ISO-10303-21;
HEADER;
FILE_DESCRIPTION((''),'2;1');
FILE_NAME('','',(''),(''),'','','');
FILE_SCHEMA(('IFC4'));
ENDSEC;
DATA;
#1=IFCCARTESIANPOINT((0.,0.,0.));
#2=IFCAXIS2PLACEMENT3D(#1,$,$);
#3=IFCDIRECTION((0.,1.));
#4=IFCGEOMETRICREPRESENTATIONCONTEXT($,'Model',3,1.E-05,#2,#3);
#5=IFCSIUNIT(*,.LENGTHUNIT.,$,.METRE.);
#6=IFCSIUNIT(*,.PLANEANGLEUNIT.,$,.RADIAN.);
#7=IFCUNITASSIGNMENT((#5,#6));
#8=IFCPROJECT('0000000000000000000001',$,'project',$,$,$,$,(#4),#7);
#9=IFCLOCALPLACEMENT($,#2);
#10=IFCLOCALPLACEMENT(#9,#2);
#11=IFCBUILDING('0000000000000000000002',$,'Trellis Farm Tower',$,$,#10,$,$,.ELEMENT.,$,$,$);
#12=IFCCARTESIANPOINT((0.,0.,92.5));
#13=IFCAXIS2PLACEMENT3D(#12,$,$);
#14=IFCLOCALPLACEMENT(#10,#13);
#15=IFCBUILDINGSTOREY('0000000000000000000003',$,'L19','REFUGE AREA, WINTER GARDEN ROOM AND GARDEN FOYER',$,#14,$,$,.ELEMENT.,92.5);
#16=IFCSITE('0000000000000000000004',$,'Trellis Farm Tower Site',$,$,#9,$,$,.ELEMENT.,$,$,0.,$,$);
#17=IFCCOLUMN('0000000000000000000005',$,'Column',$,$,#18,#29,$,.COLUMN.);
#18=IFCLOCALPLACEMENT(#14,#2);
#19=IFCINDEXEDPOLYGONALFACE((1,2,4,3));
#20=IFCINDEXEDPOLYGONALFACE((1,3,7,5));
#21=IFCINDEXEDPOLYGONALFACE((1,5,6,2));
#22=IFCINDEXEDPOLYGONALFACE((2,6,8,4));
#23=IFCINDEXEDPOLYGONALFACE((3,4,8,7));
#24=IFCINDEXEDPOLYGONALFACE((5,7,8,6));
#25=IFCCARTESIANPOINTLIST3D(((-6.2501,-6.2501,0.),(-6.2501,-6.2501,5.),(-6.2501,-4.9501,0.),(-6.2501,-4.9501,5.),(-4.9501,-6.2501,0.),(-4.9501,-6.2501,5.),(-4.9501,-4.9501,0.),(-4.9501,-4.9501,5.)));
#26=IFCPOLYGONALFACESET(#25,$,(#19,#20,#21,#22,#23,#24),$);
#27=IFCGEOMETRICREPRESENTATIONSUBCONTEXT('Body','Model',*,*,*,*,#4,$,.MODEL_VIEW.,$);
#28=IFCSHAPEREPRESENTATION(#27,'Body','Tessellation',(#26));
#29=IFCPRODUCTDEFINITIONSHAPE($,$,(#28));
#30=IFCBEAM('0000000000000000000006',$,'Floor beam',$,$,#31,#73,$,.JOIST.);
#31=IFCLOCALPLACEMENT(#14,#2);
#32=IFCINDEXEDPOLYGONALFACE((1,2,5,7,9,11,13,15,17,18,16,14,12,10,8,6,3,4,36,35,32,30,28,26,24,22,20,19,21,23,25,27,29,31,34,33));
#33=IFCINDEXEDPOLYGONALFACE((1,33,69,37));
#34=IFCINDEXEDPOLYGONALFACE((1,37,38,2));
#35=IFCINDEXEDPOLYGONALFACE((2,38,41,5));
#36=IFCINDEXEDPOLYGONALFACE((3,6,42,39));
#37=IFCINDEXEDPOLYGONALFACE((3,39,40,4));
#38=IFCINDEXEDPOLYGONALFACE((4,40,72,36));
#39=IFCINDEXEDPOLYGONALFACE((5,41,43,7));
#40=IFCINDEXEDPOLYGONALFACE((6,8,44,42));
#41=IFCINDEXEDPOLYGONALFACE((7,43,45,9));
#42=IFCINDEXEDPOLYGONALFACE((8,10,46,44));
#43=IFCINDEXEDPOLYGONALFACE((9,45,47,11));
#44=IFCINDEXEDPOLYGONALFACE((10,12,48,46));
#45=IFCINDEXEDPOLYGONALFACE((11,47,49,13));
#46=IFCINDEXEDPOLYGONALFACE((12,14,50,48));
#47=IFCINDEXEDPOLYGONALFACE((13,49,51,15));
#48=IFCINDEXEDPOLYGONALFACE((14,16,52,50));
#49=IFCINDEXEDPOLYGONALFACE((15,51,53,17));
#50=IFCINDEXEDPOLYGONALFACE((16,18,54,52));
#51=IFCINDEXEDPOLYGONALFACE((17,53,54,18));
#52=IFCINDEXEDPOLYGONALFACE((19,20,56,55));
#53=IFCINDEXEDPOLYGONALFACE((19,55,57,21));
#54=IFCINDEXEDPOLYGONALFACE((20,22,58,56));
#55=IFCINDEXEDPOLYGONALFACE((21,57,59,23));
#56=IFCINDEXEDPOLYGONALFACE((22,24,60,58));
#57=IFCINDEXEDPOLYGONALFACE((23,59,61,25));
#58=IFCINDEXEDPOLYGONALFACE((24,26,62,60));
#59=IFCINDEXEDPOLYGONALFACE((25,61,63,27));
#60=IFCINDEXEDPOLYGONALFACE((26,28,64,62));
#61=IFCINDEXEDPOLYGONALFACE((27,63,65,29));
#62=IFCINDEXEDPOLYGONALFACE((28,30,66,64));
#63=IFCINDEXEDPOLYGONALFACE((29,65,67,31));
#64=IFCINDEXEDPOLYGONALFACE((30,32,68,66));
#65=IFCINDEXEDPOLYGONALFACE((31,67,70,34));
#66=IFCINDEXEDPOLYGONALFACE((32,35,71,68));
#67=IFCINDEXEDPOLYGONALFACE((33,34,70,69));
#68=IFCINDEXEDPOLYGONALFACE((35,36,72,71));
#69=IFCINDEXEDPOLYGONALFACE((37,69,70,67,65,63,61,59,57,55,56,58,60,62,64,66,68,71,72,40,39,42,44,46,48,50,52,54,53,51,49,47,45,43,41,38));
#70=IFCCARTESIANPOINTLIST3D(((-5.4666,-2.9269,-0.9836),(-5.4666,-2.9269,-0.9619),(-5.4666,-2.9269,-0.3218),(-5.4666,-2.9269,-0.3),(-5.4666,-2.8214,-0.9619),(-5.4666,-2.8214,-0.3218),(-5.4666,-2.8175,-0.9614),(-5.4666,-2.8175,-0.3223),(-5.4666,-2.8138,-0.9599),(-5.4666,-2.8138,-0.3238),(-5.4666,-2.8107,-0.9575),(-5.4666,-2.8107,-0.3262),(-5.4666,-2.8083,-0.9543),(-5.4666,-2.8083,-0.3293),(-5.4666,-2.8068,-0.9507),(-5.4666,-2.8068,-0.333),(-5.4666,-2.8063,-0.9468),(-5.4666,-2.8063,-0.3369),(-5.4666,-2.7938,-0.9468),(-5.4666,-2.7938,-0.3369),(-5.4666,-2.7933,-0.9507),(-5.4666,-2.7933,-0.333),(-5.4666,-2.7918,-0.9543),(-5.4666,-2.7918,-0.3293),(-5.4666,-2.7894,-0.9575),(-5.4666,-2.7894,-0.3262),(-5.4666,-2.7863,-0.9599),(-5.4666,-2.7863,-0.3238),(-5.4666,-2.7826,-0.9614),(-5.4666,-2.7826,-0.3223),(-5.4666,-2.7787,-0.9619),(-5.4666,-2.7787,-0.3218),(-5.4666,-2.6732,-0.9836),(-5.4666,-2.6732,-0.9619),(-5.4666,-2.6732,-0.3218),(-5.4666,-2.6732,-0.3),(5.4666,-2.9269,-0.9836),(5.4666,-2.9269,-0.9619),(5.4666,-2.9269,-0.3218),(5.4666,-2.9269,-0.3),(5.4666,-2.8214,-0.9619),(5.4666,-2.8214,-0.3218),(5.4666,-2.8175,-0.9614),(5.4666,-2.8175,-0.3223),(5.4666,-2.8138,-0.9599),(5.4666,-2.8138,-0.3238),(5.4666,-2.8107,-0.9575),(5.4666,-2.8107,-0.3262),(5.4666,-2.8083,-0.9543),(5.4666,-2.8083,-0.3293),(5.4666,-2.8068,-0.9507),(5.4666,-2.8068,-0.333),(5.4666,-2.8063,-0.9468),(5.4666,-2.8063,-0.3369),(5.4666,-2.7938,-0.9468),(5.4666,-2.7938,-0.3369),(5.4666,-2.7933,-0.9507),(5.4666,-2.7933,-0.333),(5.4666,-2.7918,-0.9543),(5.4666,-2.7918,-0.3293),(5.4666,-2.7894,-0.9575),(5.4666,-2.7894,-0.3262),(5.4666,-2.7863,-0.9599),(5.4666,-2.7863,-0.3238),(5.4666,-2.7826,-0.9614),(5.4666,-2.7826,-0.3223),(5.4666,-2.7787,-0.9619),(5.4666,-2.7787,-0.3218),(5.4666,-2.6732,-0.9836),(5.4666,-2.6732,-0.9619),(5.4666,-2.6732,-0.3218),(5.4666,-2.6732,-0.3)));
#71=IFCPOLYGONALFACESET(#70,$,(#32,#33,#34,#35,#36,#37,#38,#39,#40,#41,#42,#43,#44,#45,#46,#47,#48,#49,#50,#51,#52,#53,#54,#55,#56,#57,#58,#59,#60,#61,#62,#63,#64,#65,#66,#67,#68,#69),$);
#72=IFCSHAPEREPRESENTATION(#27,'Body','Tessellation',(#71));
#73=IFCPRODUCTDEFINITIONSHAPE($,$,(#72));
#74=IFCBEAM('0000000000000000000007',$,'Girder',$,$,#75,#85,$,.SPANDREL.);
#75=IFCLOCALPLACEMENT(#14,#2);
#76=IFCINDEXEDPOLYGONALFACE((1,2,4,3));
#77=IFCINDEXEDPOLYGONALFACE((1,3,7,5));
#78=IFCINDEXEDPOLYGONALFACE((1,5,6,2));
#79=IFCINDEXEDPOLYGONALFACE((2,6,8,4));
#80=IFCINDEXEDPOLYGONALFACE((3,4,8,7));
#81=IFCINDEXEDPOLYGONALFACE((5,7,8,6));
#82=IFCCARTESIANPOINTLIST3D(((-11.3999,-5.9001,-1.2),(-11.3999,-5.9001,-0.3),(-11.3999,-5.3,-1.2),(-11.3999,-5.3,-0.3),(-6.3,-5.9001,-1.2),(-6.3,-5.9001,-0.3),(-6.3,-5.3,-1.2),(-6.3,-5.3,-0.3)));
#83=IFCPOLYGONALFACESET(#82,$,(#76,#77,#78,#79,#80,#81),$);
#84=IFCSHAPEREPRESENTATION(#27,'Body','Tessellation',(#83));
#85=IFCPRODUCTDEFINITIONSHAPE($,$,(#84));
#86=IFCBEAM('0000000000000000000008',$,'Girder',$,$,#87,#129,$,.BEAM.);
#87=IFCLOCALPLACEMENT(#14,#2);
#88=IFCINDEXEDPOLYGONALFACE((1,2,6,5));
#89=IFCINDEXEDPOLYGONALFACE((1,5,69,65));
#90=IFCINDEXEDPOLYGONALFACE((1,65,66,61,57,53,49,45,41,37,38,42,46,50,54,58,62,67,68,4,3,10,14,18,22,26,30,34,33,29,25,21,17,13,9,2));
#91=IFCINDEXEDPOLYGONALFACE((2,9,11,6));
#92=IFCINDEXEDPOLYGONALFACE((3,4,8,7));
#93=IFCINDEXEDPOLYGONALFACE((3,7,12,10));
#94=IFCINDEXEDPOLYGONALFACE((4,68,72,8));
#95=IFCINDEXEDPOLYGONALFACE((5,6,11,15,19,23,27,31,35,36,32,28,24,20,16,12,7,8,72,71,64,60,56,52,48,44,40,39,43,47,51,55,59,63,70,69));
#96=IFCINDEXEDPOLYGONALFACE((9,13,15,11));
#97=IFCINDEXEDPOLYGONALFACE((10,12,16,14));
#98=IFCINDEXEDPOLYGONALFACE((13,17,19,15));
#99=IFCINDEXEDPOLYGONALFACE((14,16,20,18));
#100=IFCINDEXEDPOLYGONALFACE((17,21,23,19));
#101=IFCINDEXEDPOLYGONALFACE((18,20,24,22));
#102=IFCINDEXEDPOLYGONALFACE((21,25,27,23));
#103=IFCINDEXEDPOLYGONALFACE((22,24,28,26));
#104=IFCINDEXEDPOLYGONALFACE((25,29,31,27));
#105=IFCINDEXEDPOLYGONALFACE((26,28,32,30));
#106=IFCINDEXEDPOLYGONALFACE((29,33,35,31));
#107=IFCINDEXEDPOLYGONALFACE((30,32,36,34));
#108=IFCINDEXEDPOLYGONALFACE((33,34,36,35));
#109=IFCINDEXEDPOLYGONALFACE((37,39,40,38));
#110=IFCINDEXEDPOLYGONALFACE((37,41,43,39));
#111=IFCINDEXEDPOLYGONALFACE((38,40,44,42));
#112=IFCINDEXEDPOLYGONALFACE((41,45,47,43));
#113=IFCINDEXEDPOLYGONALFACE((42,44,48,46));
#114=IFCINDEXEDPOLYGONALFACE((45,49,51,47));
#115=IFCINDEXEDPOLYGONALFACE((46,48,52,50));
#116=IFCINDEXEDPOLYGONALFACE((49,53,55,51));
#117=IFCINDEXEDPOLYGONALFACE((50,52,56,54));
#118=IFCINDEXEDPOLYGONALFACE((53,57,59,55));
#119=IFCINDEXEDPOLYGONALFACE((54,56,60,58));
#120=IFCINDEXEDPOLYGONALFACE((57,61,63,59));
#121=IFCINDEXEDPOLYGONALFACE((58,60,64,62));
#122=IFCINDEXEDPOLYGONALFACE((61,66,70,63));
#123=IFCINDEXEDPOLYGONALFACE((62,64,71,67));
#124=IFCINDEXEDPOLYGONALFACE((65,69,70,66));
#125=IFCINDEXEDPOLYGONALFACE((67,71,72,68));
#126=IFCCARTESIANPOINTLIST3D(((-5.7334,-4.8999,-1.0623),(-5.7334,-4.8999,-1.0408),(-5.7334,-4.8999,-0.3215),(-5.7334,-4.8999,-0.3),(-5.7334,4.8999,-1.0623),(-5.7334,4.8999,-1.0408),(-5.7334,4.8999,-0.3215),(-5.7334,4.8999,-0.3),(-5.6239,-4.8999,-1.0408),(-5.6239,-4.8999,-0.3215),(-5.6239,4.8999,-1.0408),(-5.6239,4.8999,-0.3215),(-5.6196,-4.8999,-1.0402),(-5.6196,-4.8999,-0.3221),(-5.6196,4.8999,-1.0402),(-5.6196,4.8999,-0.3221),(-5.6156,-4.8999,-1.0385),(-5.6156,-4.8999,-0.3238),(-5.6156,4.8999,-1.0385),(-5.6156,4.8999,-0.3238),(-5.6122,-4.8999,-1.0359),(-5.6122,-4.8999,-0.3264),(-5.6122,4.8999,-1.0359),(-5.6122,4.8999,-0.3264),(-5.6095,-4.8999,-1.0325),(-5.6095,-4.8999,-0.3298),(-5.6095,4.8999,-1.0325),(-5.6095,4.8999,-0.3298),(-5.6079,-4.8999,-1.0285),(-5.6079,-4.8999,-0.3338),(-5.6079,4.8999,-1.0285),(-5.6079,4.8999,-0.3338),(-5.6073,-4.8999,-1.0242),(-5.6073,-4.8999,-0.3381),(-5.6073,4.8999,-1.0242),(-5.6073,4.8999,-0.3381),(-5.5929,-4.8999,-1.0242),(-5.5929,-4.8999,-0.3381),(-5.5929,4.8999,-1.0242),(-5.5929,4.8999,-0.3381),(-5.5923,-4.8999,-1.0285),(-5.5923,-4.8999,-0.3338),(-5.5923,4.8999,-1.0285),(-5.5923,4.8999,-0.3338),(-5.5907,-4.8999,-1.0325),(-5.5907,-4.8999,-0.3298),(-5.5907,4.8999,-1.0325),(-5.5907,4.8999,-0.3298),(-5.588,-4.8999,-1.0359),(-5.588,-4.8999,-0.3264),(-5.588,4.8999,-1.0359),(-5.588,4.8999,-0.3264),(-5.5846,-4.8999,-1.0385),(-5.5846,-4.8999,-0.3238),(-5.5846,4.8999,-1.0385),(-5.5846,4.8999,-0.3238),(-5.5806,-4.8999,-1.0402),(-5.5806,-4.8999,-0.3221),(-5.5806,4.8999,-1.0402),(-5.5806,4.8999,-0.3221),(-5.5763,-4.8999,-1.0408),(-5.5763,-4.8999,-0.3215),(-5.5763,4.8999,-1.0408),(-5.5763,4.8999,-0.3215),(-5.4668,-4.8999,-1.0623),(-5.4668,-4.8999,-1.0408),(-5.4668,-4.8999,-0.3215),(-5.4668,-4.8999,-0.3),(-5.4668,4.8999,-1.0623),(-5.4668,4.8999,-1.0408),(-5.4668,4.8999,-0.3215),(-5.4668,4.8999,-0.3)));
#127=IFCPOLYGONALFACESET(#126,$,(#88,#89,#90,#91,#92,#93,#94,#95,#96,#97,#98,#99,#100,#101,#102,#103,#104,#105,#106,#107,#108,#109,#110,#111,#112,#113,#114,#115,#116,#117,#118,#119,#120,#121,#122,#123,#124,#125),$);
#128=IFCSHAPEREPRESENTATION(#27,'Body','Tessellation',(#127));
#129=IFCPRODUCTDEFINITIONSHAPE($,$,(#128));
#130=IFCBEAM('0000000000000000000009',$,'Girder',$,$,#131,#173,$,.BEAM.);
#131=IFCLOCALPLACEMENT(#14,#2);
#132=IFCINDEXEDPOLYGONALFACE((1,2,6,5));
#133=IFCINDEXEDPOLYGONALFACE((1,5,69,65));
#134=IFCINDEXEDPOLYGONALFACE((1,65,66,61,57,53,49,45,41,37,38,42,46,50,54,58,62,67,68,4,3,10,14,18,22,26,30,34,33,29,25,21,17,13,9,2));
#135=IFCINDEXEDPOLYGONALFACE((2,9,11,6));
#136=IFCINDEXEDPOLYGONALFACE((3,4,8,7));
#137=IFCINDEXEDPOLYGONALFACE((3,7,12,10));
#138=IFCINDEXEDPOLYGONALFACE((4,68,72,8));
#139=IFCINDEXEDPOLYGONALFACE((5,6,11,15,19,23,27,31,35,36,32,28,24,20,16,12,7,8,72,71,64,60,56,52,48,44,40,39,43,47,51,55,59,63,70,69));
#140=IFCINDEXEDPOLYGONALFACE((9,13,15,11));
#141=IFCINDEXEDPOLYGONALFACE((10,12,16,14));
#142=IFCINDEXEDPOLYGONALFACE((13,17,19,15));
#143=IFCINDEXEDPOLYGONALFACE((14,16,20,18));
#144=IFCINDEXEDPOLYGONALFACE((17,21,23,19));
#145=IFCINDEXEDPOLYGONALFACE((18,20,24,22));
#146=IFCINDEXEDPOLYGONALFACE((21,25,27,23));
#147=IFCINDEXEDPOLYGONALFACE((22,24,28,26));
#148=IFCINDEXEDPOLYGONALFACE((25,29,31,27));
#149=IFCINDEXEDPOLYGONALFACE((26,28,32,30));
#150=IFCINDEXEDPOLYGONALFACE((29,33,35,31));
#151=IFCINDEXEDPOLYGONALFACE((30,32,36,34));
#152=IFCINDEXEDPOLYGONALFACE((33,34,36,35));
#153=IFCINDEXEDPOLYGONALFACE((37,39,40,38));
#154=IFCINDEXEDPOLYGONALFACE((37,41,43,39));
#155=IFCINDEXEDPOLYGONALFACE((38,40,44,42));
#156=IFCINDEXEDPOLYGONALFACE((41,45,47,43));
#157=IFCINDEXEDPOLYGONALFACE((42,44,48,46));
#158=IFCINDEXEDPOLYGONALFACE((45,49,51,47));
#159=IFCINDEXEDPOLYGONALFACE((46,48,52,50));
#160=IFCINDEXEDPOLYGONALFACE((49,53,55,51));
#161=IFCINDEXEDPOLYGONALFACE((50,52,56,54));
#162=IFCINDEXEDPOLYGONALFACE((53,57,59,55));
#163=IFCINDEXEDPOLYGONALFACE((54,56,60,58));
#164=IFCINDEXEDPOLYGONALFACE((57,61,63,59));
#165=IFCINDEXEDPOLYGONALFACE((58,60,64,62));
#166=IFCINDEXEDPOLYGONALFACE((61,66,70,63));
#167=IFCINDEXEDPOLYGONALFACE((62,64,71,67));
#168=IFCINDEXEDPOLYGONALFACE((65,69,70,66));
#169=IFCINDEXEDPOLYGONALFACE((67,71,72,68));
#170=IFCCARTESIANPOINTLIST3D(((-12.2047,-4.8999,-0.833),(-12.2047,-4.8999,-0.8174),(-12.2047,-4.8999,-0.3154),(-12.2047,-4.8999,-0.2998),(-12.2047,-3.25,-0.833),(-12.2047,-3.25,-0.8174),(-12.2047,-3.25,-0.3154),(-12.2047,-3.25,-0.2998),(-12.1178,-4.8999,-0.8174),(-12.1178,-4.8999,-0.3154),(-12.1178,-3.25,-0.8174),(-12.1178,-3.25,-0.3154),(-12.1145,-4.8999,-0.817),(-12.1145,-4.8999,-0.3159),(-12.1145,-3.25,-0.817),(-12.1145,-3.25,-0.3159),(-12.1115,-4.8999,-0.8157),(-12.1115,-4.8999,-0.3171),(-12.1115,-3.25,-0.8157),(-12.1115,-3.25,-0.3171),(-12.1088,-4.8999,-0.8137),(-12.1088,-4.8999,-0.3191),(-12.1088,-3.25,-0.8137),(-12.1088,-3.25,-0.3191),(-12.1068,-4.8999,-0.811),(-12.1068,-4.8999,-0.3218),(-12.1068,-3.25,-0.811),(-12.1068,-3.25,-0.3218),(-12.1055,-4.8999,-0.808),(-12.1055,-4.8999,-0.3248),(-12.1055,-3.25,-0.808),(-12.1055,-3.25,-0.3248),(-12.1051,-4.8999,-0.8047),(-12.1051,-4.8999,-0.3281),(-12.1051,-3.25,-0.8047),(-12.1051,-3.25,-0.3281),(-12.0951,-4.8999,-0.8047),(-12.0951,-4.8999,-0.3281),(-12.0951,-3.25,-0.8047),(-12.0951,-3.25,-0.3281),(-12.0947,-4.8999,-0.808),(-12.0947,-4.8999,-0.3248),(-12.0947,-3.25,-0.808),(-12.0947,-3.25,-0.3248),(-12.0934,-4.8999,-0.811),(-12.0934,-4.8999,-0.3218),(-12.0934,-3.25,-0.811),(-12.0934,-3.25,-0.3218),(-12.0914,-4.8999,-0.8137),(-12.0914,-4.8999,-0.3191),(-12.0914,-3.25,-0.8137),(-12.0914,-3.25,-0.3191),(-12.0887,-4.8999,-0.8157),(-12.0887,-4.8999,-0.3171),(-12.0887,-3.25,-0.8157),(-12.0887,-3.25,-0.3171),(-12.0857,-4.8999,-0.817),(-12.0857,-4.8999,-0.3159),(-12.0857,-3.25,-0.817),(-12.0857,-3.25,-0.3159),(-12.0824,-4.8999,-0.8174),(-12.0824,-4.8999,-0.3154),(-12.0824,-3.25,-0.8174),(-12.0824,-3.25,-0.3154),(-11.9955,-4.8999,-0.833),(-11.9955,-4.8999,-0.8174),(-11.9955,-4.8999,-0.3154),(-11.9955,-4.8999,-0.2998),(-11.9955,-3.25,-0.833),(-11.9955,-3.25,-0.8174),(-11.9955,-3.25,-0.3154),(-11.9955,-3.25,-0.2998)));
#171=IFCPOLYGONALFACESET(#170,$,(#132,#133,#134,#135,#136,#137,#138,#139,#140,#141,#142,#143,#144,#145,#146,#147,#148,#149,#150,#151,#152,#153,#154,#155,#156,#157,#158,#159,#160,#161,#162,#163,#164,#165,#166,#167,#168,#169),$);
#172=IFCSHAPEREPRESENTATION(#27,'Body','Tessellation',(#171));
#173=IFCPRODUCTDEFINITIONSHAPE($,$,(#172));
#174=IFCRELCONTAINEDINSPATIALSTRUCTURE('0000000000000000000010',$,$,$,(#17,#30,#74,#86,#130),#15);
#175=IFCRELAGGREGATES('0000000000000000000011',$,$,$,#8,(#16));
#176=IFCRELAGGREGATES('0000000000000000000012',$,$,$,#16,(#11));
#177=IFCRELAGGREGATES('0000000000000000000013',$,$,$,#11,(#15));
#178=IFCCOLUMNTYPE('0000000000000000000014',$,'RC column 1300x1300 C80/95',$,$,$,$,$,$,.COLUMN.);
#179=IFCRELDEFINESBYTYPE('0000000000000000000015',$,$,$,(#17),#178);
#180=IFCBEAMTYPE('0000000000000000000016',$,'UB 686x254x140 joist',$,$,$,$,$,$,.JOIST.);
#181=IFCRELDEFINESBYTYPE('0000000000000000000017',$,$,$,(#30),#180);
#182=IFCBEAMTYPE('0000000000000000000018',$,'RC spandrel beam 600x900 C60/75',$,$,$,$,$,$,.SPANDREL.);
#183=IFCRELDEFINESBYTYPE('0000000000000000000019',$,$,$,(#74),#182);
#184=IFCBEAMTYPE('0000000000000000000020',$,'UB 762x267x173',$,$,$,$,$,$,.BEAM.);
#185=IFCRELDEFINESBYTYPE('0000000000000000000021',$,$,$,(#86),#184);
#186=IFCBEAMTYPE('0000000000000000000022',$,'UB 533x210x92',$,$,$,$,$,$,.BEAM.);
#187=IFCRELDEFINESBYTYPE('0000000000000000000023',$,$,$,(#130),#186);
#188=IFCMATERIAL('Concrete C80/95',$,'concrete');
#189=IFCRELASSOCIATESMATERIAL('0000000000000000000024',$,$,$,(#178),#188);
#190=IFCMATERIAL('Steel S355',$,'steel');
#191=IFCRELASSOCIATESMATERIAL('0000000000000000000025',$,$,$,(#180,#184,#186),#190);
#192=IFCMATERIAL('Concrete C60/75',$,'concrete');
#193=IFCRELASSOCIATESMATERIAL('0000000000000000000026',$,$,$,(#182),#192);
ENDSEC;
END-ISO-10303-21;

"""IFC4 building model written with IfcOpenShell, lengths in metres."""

from ifc_helpers import new_model, si_unit, direction, frame, origin, origin_2d, place, context, subcontext, project, spatial, rectangle, i_section, extrude, source, transform, mapped, material, material_profile, profile_set, type_object, element, save


model = new_model("IFC4")

# Units and contexts
model_context = context("Model", 3, precision=1e-05, world=origin(), true_north=direction((0.0, 1.0)))
body_context = subcontext(model_context, "Body", "Model", "MODEL_VIEW")
ifc_project = project(units=[si_unit("LENGTHUNIT", "METRE"), si_unit("PLANEANGLEUNIT", "RADIAN")], contexts=[model_context])

# Site, building, storey
site_placement = place(None, origin())
site = spatial("IfcSite", under=ifc_project, at=site_placement, Name="Trellis Farm Tower Site", CompositionType="ELEMENT", RefElevation=0.0)
building_placement = place(site_placement, origin())
building = spatial("IfcBuilding", under=site, at=building_placement, Name="Trellis Farm Tower", CompositionType="ELEMENT")
storey_placement = place(building_placement, frame((0.0, 0.0, 92.5)))
storey = spatial("IfcBuildingStorey", under=building, at=storey_placement, Name="L19", Description="REFUGE AREA, WINTER GARDEN ROOM AND GARDEN FOYER", CompositionType="ELEMENT", Elevation=92.5)

# Column
ifc_material_1 = material(Name="Concrete C80/95", Category="concrete")
ifc_material_profile_1 = material_profile(ifc_material_1, rectangle(XDim=1.3, YDim=1.3, at=origin_2d()), Name="RC column 1300x1300 C80/95")
ifc_profile_set_1 = profile_set([ifc_material_profile_1], Name="Concrete C80/95")
column_type = type_object("IfcColumnType", Name="RC column 1300x1300 C80/95", PredefinedType="COLUMN", material=ifc_profile_set_1)
shared_shape_1 = source(origin(), body_context, "Body", "SweptSolid", [
    extrude(rectangle(XDim=1.3, YDim=1.3, at=origin_2d()), origin(), (0.0, 0.0, 1.0), 5.0),
])
column_placement = place(storey_placement, frame((-5.6001, -5.6001, 0.0), z_axis=(0.0, 0.0, 1.0), x_axis=(1.0, 0.0, 0.0)))
element("IfcColumn", 1, at=column_placement, inside=storey, type_object=column_type, Name="Column", PredefinedType="COLUMN", context=body_context, shape_type="MappedRepresentation", body=[
    mapped(shared_shape_1, transform((0.0, 0.0, 0.0))),
])

# Beams
ifc_material_2 = material(Name="Steel S355", Category="steel")
ifc_material_profile_2 = material_profile(ifc_material_2, i_section(OverallWidth=0.2537, OverallDepth=0.6836, WebThickness=0.0125, FlangeThickness=0.0217, FilletRadius=0.0151, at=origin_2d()), Name="UB 686x254x140")
ifc_profile_set_2 = profile_set([ifc_material_profile_2], Name="Steel S355")
beam_type_1 = type_object("IfcBeamType", Name="UB 686x254x140 joist", PredefinedType="JOIST", material=ifc_profile_set_2)
shared_shape_2 = source(origin(), body_context, "Body", "SweptSolid", [
    extrude(i_section(OverallWidth=0.2537, OverallDepth=0.6836, WebThickness=0.0125, FlangeThickness=0.0217, FilletRadius=0.0151, at=origin_2d()), origin(), (0.0, 0.0, 1.0), 10.9331),
])
beam_1_placement = place(storey_placement, frame((-5.4666, -2.8, -0.6418), z_axis=(1.0, 0.0, 0.0), x_axis=(0.0, 1.0, 0.0)))
element("IfcBeam", 2, at=beam_1_placement, inside=storey, type_object=beam_type_1, Name="Floor beam", PredefinedType="JOIST", context=body_context, shape_type="MappedRepresentation", body=[
    mapped(shared_shape_2, transform((0.0, 0.0, 0.0))),
])
ifc_material_3 = material(Name="Concrete C60/75", Category="concrete")
ifc_material_profile_3 = material_profile(ifc_material_3, rectangle(XDim=0.6001, YDim=0.8999, at=origin_2d()), Name="RC spandrel beam 600x900 C60/75")
ifc_profile_set_3 = profile_set([ifc_material_profile_3], Name="Concrete C60/75")
beam_type_2 = type_object("IfcBeamType", Name="RC spandrel beam 600x900 C60/75", PredefinedType="SPANDREL", material=ifc_profile_set_3)
shared_shape_3 = source(origin(), body_context, "Body", "SweptSolid", [
    extrude(rectangle(XDim=0.6001, YDim=0.8999, at=origin_2d()), origin(), (0.0, 0.0, 1.0), 5.0999),
])
beam_2_placement = place(storey_placement, frame((-11.3999, -5.6001, -0.75), z_axis=(1.0, 0.0, 0.0), x_axis=(0.0, 1.0, 0.0)))
element("IfcBeam", 3, at=beam_2_placement, inside=storey, type_object=beam_type_2, Name="Girder", PredefinedType="SPANDREL", context=body_context, shape_type="MappedRepresentation", body=[
    mapped(shared_shape_3, transform((0.0, 0.0, 0.0))),
])
ifc_material_profile_4 = material_profile(ifc_material_2, i_section(OverallWidth=0.2666, OverallDepth=0.7622, WebThickness=0.0144, FlangeThickness=0.0215, FilletRadius=0.0166, at=origin_2d()), Name="UB 762x267x173")
ifc_profile_set_4 = profile_set([ifc_material_profile_4], Name="Steel S355")
beam_type_3 = type_object("IfcBeamType", Name="UB 762x267x173", PredefinedType="BEAM", material=ifc_profile_set_4)
shared_shape_4 = source(origin(), body_context, "Body", "SweptSolid", [
    extrude(i_section(OverallWidth=0.2666, OverallDepth=0.7622, WebThickness=0.0144, FlangeThickness=0.0215, FilletRadius=0.0166, at=origin_2d()), origin(), (0.0, 0.0, 1.0), 9.7998),
])
beam_3_placement = place(storey_placement, frame((-5.6001, -4.8999, -0.6812), z_axis=(0.0, 1.0, 0.0), x_axis=(-1.0, 0.0, 0.0)))
element("IfcBeam", 4, at=beam_3_placement, inside=storey, type_object=beam_type_3, Name="Girder", PredefinedType="BEAM", context=body_context, shape_type="MappedRepresentation", body=[
    mapped(shared_shape_4, transform((0.0, 0.0, 0.0))),
])
ifc_material_profile_5 = material_profile(ifc_material_2, i_section(OverallWidth=0.2092, OverallDepth=0.5332, WebThickness=0.01, FlangeThickness=0.0156, FilletRadius=0.0127, at=origin_2d()), Name="UB 533x210x92")
ifc_profile_set_5 = profile_set([ifc_material_profile_5], Name="Steel S355")
beam_type_4 = type_object("IfcBeamType", Name="UB 533x210x92", PredefinedType="BEAM", material=ifc_profile_set_5)
shared_shape_5 = source(origin(), body_context, "Body", "SweptSolid", [
    extrude(i_section(OverallWidth=0.2092, OverallDepth=0.5332, WebThickness=0.01, FlangeThickness=0.0156, FilletRadius=0.0127, at=origin_2d()), origin(), (0.0, 0.0, 1.0), 1.6499),
])
beam_4_placement = place(storey_placement, frame((-12.1001, -4.8999, -0.5664), z_axis=(0.0, 1.0, 0.0), x_axis=(-1.0, 0.0, 0.0)))
element("IfcBeam", 5, at=beam_4_placement, inside=storey, type_object=beam_type_4, Name="Girder", PredefinedType="BEAM", context=body_context, shape_type="MappedRepresentation", body=[
    mapped(shared_shape_5, transform((0.0, 0.0, 0.0))),
])

save(model, "model.ifc")
